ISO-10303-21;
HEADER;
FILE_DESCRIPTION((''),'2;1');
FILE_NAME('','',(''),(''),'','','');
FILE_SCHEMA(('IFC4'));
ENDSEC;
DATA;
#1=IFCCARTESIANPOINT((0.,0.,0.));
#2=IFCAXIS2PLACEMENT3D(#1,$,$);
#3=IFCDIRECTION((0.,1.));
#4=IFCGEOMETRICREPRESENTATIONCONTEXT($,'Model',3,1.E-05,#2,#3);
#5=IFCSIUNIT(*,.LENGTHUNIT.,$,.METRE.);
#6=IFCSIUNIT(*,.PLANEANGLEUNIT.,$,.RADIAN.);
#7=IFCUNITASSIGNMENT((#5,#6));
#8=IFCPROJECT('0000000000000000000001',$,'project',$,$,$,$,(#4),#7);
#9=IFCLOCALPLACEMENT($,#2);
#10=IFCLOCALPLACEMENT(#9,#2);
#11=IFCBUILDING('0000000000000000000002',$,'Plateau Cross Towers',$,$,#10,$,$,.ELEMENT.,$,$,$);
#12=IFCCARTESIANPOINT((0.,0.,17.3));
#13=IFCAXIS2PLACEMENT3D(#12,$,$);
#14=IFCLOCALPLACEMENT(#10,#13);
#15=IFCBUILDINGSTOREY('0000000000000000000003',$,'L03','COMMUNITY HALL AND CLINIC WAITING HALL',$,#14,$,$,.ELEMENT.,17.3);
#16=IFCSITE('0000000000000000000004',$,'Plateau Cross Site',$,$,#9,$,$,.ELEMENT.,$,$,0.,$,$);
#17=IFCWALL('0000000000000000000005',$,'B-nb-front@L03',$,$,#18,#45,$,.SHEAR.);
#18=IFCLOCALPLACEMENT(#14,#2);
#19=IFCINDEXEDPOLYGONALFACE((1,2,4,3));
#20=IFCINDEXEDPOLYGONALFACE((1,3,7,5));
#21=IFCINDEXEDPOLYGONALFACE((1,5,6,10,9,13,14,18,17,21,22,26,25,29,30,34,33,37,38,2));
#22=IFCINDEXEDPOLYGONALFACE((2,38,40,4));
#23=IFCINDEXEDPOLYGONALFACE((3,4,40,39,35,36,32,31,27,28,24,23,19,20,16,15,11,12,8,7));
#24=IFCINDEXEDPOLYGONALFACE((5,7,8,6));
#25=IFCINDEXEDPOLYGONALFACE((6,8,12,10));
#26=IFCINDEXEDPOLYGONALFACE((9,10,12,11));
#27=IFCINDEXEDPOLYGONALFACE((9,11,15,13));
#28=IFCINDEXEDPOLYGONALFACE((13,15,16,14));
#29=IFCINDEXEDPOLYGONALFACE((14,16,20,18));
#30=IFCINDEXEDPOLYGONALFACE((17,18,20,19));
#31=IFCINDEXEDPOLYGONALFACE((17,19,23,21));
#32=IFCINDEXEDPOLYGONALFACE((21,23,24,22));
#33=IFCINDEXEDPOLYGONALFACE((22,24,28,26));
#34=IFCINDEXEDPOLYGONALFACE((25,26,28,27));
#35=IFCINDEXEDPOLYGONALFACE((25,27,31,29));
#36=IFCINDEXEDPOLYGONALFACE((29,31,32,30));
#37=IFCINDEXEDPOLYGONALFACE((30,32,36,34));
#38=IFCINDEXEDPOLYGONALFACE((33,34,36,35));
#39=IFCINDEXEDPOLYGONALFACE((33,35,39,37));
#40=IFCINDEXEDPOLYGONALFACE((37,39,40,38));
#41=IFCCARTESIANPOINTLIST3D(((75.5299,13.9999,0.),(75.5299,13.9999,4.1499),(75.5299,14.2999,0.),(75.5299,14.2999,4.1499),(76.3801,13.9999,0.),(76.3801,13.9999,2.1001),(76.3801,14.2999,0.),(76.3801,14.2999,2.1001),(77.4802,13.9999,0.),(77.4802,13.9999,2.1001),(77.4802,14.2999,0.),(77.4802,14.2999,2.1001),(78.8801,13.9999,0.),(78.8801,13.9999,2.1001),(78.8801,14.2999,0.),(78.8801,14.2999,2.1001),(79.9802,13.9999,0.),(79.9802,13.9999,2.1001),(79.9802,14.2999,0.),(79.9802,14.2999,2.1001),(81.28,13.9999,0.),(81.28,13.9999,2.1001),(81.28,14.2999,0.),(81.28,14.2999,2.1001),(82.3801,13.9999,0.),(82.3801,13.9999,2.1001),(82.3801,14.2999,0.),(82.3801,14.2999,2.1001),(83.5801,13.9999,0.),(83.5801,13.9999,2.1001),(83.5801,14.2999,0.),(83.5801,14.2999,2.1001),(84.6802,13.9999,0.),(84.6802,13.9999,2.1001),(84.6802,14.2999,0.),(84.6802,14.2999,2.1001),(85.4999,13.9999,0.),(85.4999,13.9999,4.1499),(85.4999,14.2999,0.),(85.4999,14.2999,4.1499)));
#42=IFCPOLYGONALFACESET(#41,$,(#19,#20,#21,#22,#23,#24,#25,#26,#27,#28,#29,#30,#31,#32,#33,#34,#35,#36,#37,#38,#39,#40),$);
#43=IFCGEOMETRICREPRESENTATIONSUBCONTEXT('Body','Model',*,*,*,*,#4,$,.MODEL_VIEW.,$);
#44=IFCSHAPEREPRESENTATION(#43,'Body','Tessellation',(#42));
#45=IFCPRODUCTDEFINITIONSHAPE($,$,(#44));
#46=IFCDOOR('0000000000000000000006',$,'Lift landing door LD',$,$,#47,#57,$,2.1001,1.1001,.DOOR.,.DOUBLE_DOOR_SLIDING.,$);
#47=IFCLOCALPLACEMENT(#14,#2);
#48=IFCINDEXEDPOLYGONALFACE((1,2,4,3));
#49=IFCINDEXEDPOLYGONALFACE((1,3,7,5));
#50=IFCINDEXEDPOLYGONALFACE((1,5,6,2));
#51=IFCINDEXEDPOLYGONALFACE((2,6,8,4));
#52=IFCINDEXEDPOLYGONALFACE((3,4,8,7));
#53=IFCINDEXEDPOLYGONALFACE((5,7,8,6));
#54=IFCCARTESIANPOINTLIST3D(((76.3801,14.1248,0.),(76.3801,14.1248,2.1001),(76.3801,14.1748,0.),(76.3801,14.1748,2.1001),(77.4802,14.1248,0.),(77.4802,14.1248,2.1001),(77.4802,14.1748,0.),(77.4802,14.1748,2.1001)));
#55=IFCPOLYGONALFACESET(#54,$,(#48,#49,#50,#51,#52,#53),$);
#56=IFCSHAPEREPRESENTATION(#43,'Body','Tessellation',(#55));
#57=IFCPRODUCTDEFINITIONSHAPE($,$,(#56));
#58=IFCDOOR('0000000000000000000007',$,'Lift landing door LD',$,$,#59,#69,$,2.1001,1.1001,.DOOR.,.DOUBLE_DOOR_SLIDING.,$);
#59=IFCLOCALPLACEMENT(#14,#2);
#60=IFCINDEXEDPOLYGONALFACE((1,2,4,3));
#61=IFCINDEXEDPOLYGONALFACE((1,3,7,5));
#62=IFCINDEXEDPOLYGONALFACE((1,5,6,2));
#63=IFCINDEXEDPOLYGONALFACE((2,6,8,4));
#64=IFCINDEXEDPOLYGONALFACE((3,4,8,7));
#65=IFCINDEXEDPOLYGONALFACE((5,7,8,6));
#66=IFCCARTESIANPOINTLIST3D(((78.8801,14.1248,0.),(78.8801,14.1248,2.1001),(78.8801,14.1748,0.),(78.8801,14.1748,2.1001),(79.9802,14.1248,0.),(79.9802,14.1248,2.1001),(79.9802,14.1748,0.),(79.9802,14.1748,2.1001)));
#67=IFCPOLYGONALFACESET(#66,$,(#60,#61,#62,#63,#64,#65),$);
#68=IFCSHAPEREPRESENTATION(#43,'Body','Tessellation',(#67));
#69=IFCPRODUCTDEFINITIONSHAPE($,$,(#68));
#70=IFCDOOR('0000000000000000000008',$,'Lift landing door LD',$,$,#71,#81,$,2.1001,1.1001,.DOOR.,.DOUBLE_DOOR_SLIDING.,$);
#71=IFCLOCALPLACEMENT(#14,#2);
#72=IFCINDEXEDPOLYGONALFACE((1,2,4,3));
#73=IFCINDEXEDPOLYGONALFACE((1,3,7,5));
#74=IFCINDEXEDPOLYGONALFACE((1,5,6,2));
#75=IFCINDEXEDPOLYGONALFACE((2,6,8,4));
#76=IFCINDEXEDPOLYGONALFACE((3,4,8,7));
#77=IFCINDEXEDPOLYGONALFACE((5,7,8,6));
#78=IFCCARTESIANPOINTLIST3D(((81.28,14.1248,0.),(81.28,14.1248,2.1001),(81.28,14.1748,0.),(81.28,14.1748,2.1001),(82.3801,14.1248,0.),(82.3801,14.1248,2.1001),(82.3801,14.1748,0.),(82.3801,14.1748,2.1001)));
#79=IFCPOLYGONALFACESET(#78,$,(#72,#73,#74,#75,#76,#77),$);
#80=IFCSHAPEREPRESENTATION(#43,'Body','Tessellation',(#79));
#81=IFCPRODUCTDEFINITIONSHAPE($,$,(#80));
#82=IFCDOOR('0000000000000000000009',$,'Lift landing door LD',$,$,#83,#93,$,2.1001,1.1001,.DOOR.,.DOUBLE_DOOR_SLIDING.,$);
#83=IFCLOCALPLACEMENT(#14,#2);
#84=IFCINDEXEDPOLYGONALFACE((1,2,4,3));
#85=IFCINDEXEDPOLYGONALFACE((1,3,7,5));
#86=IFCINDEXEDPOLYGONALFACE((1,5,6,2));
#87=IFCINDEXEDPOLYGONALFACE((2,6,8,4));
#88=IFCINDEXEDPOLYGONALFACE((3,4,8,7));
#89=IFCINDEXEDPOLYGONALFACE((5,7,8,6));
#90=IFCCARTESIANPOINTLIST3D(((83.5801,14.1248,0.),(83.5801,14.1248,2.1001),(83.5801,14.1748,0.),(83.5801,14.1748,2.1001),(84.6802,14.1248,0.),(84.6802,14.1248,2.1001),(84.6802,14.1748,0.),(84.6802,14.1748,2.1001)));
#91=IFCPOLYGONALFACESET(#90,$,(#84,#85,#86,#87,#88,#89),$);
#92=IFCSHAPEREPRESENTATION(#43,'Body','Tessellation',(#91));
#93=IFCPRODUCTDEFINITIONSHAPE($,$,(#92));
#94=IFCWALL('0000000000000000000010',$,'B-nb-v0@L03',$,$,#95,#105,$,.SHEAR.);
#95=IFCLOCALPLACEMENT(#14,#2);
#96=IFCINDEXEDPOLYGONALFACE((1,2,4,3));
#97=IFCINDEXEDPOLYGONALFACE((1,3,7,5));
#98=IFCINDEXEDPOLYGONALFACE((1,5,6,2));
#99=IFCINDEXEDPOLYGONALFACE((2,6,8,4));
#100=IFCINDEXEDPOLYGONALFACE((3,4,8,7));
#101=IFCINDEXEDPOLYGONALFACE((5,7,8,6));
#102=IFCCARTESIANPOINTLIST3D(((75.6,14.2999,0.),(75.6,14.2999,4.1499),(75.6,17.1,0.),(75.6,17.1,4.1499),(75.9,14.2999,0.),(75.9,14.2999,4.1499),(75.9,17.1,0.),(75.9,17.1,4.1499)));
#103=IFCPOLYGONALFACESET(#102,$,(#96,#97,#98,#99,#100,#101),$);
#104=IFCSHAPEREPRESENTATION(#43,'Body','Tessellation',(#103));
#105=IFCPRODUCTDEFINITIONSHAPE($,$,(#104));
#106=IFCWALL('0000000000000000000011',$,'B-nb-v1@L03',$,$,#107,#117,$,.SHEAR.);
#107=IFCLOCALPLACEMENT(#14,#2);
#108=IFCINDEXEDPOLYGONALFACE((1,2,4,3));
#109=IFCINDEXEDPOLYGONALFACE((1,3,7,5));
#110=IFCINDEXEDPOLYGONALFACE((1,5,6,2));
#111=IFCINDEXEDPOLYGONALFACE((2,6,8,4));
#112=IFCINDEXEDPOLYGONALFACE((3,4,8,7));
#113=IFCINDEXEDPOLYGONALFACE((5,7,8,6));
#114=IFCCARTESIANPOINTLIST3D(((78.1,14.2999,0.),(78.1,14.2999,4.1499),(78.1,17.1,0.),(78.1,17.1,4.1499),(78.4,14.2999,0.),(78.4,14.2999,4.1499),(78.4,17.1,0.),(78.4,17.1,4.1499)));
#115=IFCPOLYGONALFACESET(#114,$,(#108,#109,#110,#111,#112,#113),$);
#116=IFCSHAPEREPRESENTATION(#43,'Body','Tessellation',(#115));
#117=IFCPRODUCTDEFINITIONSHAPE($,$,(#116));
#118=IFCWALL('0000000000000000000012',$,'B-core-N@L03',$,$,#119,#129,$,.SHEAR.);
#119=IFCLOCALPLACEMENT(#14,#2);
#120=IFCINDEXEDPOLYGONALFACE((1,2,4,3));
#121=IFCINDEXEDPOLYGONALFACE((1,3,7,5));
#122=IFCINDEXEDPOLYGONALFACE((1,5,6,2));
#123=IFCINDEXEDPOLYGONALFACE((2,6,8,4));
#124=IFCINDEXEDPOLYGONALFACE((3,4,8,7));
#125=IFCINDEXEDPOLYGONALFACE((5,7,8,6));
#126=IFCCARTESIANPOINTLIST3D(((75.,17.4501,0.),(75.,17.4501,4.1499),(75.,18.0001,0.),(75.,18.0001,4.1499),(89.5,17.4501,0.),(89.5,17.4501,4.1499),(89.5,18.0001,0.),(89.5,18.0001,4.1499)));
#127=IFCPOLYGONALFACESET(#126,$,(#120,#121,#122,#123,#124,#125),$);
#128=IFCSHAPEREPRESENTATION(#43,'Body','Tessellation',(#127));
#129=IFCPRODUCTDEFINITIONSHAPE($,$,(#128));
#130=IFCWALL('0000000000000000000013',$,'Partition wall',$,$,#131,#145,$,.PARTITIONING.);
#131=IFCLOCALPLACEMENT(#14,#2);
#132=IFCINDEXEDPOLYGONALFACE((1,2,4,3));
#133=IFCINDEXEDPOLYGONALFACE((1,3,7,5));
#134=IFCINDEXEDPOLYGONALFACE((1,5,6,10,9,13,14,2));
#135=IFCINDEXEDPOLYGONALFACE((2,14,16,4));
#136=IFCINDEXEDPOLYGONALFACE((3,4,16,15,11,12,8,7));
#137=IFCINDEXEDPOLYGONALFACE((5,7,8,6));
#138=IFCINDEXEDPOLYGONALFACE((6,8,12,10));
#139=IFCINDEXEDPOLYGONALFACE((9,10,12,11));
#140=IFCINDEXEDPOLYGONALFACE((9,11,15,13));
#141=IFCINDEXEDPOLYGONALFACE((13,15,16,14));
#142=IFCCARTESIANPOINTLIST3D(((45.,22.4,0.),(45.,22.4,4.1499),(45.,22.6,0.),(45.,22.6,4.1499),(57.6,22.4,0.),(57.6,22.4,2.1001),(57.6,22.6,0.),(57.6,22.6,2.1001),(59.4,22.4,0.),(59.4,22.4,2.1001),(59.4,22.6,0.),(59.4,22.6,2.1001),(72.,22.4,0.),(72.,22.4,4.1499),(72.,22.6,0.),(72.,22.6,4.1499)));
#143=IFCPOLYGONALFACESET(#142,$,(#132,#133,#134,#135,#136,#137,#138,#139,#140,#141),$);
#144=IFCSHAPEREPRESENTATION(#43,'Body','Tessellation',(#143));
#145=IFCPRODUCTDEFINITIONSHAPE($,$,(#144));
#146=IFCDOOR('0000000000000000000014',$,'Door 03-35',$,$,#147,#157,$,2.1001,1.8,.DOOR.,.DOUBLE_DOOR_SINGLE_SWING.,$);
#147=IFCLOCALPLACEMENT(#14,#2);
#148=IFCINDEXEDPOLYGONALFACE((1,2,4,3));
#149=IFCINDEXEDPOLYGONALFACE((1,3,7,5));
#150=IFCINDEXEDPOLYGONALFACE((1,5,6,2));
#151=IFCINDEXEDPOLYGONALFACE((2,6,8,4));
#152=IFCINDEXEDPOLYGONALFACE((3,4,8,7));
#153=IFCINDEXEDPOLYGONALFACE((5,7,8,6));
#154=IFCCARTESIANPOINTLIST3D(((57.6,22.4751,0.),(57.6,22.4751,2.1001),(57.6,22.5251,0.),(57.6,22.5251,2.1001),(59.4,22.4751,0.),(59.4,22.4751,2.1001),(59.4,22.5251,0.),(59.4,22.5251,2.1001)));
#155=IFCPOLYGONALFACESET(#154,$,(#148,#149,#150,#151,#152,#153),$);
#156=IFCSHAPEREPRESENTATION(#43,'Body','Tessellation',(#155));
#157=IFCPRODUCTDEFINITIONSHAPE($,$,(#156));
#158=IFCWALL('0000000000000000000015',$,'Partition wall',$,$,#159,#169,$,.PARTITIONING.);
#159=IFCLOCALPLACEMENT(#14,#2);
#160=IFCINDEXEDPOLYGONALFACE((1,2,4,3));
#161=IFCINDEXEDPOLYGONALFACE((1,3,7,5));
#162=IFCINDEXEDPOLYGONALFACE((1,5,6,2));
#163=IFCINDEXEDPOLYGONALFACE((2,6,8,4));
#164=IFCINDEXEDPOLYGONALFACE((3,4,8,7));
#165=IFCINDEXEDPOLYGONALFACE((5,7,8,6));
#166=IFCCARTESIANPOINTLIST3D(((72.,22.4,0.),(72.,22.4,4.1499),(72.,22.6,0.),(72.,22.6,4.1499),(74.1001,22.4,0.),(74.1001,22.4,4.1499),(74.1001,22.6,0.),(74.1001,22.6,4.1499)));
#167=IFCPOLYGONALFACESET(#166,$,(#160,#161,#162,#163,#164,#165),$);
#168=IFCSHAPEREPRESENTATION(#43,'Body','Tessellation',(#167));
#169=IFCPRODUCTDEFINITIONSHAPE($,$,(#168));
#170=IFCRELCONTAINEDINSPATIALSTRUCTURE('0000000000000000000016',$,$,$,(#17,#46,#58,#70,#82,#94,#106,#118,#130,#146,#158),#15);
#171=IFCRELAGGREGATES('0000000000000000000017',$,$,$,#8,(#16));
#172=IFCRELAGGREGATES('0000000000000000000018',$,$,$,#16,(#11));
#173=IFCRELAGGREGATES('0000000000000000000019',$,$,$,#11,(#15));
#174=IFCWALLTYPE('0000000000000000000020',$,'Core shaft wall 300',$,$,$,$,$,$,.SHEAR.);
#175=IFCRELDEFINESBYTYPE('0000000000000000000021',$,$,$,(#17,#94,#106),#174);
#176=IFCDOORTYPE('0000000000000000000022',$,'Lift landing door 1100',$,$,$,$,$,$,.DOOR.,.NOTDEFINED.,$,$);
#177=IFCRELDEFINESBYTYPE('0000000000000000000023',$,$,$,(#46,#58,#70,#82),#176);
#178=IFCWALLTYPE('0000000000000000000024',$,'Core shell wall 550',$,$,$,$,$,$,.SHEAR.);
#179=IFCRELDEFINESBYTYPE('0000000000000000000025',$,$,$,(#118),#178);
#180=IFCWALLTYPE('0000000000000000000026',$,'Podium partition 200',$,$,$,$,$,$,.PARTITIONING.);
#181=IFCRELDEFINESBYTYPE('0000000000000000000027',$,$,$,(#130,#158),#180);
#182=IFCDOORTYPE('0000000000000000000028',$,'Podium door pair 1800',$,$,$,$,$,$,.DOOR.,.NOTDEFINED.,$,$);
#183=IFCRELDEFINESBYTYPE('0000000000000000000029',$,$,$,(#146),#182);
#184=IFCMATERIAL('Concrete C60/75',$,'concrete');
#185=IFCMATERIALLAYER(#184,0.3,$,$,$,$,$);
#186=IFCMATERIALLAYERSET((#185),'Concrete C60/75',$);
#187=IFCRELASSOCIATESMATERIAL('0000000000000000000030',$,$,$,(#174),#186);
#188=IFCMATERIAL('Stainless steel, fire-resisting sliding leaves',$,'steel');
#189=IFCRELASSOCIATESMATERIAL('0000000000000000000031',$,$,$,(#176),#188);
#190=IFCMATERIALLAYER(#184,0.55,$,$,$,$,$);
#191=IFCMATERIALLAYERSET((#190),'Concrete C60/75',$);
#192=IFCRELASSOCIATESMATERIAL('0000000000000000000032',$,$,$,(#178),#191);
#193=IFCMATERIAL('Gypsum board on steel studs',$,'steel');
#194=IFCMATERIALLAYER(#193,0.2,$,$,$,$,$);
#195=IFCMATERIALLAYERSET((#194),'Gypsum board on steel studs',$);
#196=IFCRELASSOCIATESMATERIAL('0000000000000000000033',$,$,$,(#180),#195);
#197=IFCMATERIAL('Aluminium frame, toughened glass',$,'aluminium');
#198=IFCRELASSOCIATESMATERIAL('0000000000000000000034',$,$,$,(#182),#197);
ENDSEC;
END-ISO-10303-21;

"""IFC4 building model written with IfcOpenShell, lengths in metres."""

from ifc_helpers import new_model, si_unit, direction, frame, frame_2d, origin, place, context, subcontext, project, spatial, rectangle, extrude, material, layer, layer_set, type_object, element, fill, save


model = new_model("IFC4")

# Units and contexts
model_context = context("Model", 3, precision=1e-05, world=origin(), true_north=direction((0.0, 1.0)))
body_context = subcontext(model_context, "Body", "Model", "MODEL_VIEW")
ifc_project = project(units=[si_unit("LENGTHUNIT", "METRE"), si_unit("PLANEANGLEUNIT", "RADIAN")], contexts=[model_context])

# Site, building, storey
site_placement = place(None, origin())
site = spatial("IfcSite", under=ifc_project, at=site_placement, Name="Plateau Cross Site", CompositionType="ELEMENT", RefElevation=0.0)
building_placement = place(site_placement, origin())
building = spatial("IfcBuilding", under=site, at=building_placement, Name="Plateau Cross Towers", CompositionType="ELEMENT")
storey_placement = place(building_placement, frame((0.0, 0.0, 17.3)))
storey = spatial("IfcBuildingStorey", under=building, at=storey_placement, Name="L03", Description="COMMUNITY HALL AND CLINIC WAITING HALL", CompositionType="ELEMENT", Elevation=17.3)

# Shared definitions
ifc_material_1 = material(Name="Concrete C60/75", Category="concrete")

# Shared definitions
ifc_layer_1 = layer(ifc_material_1, 0.3)
ifc_layer_set_1 = layer_set([ifc_layer_1], Name="Concrete C60/75")
wall_type_1 = type_object("IfcWallType", Name="Core shaft wall 300", PredefinedType="SHEAR", material=ifc_layer_set_1)

# Wall, openings, doors
wall_1_placement = place(storey_placement, frame((75.53, 14.1499, 0.0), z_axis=(0.0, 0.0, 1.0), x_axis=(1.0, 0.0, 0.0)))
wall_1 = element("IfcWall", 1, at=wall_1_placement, inside=storey, type_object=wall_type_1, Name="B-nb-front@L03", PredefinedType="SHEAR", context=body_context, shape_type="SweptSolid", body=[
    extrude(rectangle(XDim=9.97, YDim=0.3, at=frame_2d((4.9849, 0.0))), origin(), (0.0, 0.0, 1.0), 4.1499),
])
opening_1_placement = place(wall_1_placement, frame((0.8501, 0.0, 0.0)))
opening_1 = element("IfcOpeningElement", 2, at=opening_1_placement, cuts=wall_1, PredefinedType="OPENING", context=body_context, shape_type="SweptSolid", body=[
    extrude(rectangle(XDim=1.1001, YDim=2.1001, at=frame_2d((0.55, 1.05))), frame((0.0, 0.1599, 0.0), z_axis=(0.0, -1.0, 0.0), x_axis=(1.0, 0.0, 0.0)), (0.0, 0.0, 1.0), 0.3201),
])
opening_2_placement = place(wall_1_placement, frame((3.3501, 0.0, 0.0)))
opening_2 = element("IfcOpeningElement", 3, at=opening_2_placement, cuts=wall_1, PredefinedType="OPENING", context=body_context, shape_type="SweptSolid", body=[
    extrude(rectangle(XDim=1.1001, YDim=2.1001, at=frame_2d((0.55, 1.05))), frame((0.0, 0.1599, 0.0), z_axis=(0.0, -1.0, 0.0), x_axis=(1.0, 0.0, 0.0)), (0.0, 0.0, 1.0), 0.3201),
])
opening_3_placement = place(wall_1_placement, frame((5.75, 0.0, 0.0)))
opening_3 = element("IfcOpeningElement", 4, at=opening_3_placement, cuts=wall_1, PredefinedType="OPENING", context=body_context, shape_type="SweptSolid", body=[
    extrude(rectangle(XDim=1.1001, YDim=2.1001, at=frame_2d((0.55, 1.05))), frame((0.0, 0.1599, 0.0), z_axis=(0.0, -1.0, 0.0), x_axis=(1.0, 0.0, 0.0)), (0.0, 0.0, 1.0), 0.3201),
])
opening_4_placement = place(wall_1_placement, frame((8.05, 0.0, 0.0)))
opening_4 = element("IfcOpeningElement", 5, at=opening_4_placement, cuts=wall_1, PredefinedType="OPENING", context=body_context, shape_type="SweptSolid", body=[
    extrude(rectangle(XDim=1.1001, YDim=2.1001, at=frame_2d((0.55, 1.05))), frame((0.0, 0.1599, 0.0), z_axis=(0.0, -1.0, 0.0), x_axis=(1.0, 0.0, 0.0)), (0.0, 0.0, 1.0), 0.3201),
])
ifc_material_2 = material(Name="Stainless steel, fire-resisting sliding leaves", Category="steel")
door_type_1 = type_object("IfcDoorType", Name="Lift landing door 1100", OperationType="NOTDEFINED", PredefinedType="DOOR", material=ifc_material_2)
door_1_placement = place(opening_1_placement, origin())
door_1 = element("IfcDoor", 6, at=door_1_placement, inside=storey, type_object=door_type_1, Name="Lift landing door LD", OperationType="DOUBLE_DOOR_SLIDING", OverallHeight=2.1001, OverallWidth=1.1001, PredefinedType="DOOR", context=body_context, shape_type="SweptSolid", body=[
    extrude(rectangle(XDim=1.1001, YDim=2.1001, at=frame_2d((0.55, 1.05))), frame((0.0, 0.0249, 0.0), z_axis=(0.0, -1.0, 0.0), x_axis=(1.0, 0.0, 0.0)), (0.0, 0.0, 1.0), 0.05),
])
fill(opening_1, door_1)
door_2_placement = place(opening_2_placement, origin())
door_2 = element("IfcDoor", 7, at=door_2_placement, inside=storey, type_object=door_type_1, Name="Lift landing door LD", OperationType="DOUBLE_DOOR_SLIDING", OverallHeight=2.1001, OverallWidth=1.1001, PredefinedType="DOOR", context=body_context, shape_type="SweptSolid", body=[
    extrude(rectangle(XDim=1.1001, YDim=2.1001, at=frame_2d((0.55, 1.05))), frame((0.0, 0.0249, 0.0), z_axis=(0.0, -1.0, 0.0), x_axis=(1.0, 0.0, 0.0)), (0.0, 0.0, 1.0), 0.05),
])
fill(opening_2, door_2)
door_3_placement = place(opening_3_placement, origin())
door_3 = element("IfcDoor", 8, at=door_3_placement, inside=storey, type_object=door_type_1, Name="Lift landing door LD", OperationType="DOUBLE_DOOR_SLIDING", OverallHeight=2.1001, OverallWidth=1.1001, PredefinedType="DOOR", context=body_context, shape_type="SweptSolid", body=[
    extrude(rectangle(XDim=1.1001, YDim=2.1001, at=frame_2d((0.55, 1.05))), frame((0.0, 0.0249, 0.0), z_axis=(0.0, -1.0, 0.0), x_axis=(1.0, 0.0, 0.0)), (0.0, 0.0, 1.0), 0.05),
])
fill(opening_3, door_3)
door_4_placement = place(opening_4_placement, origin())
door_4 = element("IfcDoor", 9, at=door_4_placement, inside=storey, type_object=door_type_1, Name="Lift landing door LD", OperationType="DOUBLE_DOOR_SLIDING", OverallHeight=2.1001, OverallWidth=1.1001, PredefinedType="DOOR", context=body_context, shape_type="SweptSolid", body=[
    extrude(rectangle(XDim=1.1001, YDim=2.1001, at=frame_2d((0.55, 1.05))), frame((0.0, 0.0249, 0.0), z_axis=(0.0, -1.0, 0.0), x_axis=(1.0, 0.0, 0.0)), (0.0, 0.0, 1.0), 0.05),
])
fill(opening_4, door_4)

# Walls
for number, where, z_axis, x_axis, name in (
    (10, (75.75, 14.3, 0.0), (0.0, 0.0, 1.0), (0.0, 1.0, 0.0), "B-nb-v0@L03"),
    (11, (78.25, 14.3, 0.0), (0.0, 0.0, 1.0), (0.0, 1.0, 0.0), "B-nb-v1@L03"),
):
    element("IfcWall", number, at=place(storey_placement, frame(where, z_axis=z_axis, x_axis=x_axis)), inside=storey, type_object=wall_type_1, Name=name, PredefinedType="SHEAR", context=body_context, shape_type="SweptSolid", body=[
        extrude(rectangle(XDim=2.8, YDim=0.3, at=frame_2d((1.3999, 0.0))), origin(), (0.0, 0.0, 1.0), 4.1499),
    ])
ifc_layer_2 = layer(ifc_material_1, 0.55)
ifc_layer_set_2 = layer_set([ifc_layer_2], Name="Concrete C60/75")
wall_type_2 = type_object("IfcWallType", Name="Core shell wall 550", PredefinedType="SHEAR", material=ifc_layer_set_2)
wall_2_placement = place(storey_placement, frame((75.0, 17.7251, 0.0), z_axis=(0.0, 0.0, 1.0), x_axis=(1.0, 0.0, 0.0)))
element("IfcWall", 12, at=wall_2_placement, inside=storey, type_object=wall_type_2, Name="B-core-N@L03", PredefinedType="SHEAR", context=body_context, shape_type="SweptSolid", body=[
    extrude(rectangle(XDim=14.5, YDim=0.55, at=frame_2d((7.25, 0.0))), origin(), (0.0, 0.0, 1.0), 4.1499),
])

# Wall, opening, door
ifc_material_3 = material(Name="Gypsum board on steel studs", Category="steel")
ifc_layer_3 = layer(ifc_material_3, 0.2)
ifc_layer_set_3 = layer_set([ifc_layer_3], Name="Gypsum board on steel studs")
wall_type_3 = type_object("IfcWallType", Name="Podium partition 200", PredefinedType="PARTITIONING", material=ifc_layer_set_3)
wall_3_placement = place(storey_placement, frame((72.0, 22.5, 0.0), z_axis=(0.0, 0.0, 1.0), x_axis=(-1.0, 0.0, 0.0)))
wall_3 = element("IfcWall", 13, at=wall_3_placement, inside=storey, type_object=wall_type_3, Name="Partition wall", PredefinedType="PARTITIONING", context=body_context, shape_type="SweptSolid", body=[
    extrude(rectangle(XDim=27.0, YDim=0.2, at=frame_2d((13.5, 0.0))), origin(), (0.0, 0.0, 1.0), 4.1499),
])
opening_5_placement = place(wall_3_placement, frame((12.6001, 0.0, 0.0)))
opening_5 = element("IfcOpeningElement", 14, at=opening_5_placement, cuts=wall_3, PredefinedType="OPENING", context=body_context, shape_type="SweptSolid", body=[
    extrude(rectangle(XDim=1.8, YDim=2.1001, at=frame_2d((0.8999, 1.05))), frame((0.0, 0.1099, 0.0), z_axis=(0.0, -1.0, 0.0), x_axis=(1.0, 0.0, 0.0)), (0.0, 0.0, 1.0), 0.22),
])
ifc_material_4 = material(Name="Aluminium frame, toughened glass", Category="aluminium")
door_type_2 = type_object("IfcDoorType", Name="Podium door pair 1800", OperationType="NOTDEFINED", PredefinedType="DOOR", material=ifc_material_4)
door_5_placement = place(opening_5_placement, origin())
door_5 = element("IfcDoor", 15, at=door_5_placement, inside=storey, type_object=door_type_2, Name="Door 03-35", OperationType="DOUBLE_DOOR_SINGLE_SWING", OverallHeight=2.1001, OverallWidth=1.8, PredefinedType="DOOR", context=body_context, shape_type="SweptSolid", body=[
    extrude(rectangle(XDim=1.8, YDim=2.1001, at=frame_2d((0.8999, 1.05))), frame((0.0, 0.0249, 0.0), z_axis=(0.0, -1.0, 0.0), x_axis=(1.0, 0.0, 0.0)), (0.0, 0.0, 1.0), 0.05),
])
fill(opening_5, door_5)

# Wall
wall_4_placement = place(storey_placement, frame((74.1001, 22.5, 0.0), z_axis=(0.0, 0.0, 1.0), x_axis=(-1.0, 0.0, 0.0)))
element("IfcWall", 16, at=wall_4_placement, inside=storey, type_object=wall_type_3, Name="Partition wall", PredefinedType="PARTITIONING", context=body_context, shape_type="SweptSolid", body=[
    extrude(rectangle(XDim=2.1001, YDim=0.2, at=frame_2d((1.05, 0.0))), origin(), (0.0, 0.0, 1.0), 4.1499),
])

save(model, "model.ifc")
